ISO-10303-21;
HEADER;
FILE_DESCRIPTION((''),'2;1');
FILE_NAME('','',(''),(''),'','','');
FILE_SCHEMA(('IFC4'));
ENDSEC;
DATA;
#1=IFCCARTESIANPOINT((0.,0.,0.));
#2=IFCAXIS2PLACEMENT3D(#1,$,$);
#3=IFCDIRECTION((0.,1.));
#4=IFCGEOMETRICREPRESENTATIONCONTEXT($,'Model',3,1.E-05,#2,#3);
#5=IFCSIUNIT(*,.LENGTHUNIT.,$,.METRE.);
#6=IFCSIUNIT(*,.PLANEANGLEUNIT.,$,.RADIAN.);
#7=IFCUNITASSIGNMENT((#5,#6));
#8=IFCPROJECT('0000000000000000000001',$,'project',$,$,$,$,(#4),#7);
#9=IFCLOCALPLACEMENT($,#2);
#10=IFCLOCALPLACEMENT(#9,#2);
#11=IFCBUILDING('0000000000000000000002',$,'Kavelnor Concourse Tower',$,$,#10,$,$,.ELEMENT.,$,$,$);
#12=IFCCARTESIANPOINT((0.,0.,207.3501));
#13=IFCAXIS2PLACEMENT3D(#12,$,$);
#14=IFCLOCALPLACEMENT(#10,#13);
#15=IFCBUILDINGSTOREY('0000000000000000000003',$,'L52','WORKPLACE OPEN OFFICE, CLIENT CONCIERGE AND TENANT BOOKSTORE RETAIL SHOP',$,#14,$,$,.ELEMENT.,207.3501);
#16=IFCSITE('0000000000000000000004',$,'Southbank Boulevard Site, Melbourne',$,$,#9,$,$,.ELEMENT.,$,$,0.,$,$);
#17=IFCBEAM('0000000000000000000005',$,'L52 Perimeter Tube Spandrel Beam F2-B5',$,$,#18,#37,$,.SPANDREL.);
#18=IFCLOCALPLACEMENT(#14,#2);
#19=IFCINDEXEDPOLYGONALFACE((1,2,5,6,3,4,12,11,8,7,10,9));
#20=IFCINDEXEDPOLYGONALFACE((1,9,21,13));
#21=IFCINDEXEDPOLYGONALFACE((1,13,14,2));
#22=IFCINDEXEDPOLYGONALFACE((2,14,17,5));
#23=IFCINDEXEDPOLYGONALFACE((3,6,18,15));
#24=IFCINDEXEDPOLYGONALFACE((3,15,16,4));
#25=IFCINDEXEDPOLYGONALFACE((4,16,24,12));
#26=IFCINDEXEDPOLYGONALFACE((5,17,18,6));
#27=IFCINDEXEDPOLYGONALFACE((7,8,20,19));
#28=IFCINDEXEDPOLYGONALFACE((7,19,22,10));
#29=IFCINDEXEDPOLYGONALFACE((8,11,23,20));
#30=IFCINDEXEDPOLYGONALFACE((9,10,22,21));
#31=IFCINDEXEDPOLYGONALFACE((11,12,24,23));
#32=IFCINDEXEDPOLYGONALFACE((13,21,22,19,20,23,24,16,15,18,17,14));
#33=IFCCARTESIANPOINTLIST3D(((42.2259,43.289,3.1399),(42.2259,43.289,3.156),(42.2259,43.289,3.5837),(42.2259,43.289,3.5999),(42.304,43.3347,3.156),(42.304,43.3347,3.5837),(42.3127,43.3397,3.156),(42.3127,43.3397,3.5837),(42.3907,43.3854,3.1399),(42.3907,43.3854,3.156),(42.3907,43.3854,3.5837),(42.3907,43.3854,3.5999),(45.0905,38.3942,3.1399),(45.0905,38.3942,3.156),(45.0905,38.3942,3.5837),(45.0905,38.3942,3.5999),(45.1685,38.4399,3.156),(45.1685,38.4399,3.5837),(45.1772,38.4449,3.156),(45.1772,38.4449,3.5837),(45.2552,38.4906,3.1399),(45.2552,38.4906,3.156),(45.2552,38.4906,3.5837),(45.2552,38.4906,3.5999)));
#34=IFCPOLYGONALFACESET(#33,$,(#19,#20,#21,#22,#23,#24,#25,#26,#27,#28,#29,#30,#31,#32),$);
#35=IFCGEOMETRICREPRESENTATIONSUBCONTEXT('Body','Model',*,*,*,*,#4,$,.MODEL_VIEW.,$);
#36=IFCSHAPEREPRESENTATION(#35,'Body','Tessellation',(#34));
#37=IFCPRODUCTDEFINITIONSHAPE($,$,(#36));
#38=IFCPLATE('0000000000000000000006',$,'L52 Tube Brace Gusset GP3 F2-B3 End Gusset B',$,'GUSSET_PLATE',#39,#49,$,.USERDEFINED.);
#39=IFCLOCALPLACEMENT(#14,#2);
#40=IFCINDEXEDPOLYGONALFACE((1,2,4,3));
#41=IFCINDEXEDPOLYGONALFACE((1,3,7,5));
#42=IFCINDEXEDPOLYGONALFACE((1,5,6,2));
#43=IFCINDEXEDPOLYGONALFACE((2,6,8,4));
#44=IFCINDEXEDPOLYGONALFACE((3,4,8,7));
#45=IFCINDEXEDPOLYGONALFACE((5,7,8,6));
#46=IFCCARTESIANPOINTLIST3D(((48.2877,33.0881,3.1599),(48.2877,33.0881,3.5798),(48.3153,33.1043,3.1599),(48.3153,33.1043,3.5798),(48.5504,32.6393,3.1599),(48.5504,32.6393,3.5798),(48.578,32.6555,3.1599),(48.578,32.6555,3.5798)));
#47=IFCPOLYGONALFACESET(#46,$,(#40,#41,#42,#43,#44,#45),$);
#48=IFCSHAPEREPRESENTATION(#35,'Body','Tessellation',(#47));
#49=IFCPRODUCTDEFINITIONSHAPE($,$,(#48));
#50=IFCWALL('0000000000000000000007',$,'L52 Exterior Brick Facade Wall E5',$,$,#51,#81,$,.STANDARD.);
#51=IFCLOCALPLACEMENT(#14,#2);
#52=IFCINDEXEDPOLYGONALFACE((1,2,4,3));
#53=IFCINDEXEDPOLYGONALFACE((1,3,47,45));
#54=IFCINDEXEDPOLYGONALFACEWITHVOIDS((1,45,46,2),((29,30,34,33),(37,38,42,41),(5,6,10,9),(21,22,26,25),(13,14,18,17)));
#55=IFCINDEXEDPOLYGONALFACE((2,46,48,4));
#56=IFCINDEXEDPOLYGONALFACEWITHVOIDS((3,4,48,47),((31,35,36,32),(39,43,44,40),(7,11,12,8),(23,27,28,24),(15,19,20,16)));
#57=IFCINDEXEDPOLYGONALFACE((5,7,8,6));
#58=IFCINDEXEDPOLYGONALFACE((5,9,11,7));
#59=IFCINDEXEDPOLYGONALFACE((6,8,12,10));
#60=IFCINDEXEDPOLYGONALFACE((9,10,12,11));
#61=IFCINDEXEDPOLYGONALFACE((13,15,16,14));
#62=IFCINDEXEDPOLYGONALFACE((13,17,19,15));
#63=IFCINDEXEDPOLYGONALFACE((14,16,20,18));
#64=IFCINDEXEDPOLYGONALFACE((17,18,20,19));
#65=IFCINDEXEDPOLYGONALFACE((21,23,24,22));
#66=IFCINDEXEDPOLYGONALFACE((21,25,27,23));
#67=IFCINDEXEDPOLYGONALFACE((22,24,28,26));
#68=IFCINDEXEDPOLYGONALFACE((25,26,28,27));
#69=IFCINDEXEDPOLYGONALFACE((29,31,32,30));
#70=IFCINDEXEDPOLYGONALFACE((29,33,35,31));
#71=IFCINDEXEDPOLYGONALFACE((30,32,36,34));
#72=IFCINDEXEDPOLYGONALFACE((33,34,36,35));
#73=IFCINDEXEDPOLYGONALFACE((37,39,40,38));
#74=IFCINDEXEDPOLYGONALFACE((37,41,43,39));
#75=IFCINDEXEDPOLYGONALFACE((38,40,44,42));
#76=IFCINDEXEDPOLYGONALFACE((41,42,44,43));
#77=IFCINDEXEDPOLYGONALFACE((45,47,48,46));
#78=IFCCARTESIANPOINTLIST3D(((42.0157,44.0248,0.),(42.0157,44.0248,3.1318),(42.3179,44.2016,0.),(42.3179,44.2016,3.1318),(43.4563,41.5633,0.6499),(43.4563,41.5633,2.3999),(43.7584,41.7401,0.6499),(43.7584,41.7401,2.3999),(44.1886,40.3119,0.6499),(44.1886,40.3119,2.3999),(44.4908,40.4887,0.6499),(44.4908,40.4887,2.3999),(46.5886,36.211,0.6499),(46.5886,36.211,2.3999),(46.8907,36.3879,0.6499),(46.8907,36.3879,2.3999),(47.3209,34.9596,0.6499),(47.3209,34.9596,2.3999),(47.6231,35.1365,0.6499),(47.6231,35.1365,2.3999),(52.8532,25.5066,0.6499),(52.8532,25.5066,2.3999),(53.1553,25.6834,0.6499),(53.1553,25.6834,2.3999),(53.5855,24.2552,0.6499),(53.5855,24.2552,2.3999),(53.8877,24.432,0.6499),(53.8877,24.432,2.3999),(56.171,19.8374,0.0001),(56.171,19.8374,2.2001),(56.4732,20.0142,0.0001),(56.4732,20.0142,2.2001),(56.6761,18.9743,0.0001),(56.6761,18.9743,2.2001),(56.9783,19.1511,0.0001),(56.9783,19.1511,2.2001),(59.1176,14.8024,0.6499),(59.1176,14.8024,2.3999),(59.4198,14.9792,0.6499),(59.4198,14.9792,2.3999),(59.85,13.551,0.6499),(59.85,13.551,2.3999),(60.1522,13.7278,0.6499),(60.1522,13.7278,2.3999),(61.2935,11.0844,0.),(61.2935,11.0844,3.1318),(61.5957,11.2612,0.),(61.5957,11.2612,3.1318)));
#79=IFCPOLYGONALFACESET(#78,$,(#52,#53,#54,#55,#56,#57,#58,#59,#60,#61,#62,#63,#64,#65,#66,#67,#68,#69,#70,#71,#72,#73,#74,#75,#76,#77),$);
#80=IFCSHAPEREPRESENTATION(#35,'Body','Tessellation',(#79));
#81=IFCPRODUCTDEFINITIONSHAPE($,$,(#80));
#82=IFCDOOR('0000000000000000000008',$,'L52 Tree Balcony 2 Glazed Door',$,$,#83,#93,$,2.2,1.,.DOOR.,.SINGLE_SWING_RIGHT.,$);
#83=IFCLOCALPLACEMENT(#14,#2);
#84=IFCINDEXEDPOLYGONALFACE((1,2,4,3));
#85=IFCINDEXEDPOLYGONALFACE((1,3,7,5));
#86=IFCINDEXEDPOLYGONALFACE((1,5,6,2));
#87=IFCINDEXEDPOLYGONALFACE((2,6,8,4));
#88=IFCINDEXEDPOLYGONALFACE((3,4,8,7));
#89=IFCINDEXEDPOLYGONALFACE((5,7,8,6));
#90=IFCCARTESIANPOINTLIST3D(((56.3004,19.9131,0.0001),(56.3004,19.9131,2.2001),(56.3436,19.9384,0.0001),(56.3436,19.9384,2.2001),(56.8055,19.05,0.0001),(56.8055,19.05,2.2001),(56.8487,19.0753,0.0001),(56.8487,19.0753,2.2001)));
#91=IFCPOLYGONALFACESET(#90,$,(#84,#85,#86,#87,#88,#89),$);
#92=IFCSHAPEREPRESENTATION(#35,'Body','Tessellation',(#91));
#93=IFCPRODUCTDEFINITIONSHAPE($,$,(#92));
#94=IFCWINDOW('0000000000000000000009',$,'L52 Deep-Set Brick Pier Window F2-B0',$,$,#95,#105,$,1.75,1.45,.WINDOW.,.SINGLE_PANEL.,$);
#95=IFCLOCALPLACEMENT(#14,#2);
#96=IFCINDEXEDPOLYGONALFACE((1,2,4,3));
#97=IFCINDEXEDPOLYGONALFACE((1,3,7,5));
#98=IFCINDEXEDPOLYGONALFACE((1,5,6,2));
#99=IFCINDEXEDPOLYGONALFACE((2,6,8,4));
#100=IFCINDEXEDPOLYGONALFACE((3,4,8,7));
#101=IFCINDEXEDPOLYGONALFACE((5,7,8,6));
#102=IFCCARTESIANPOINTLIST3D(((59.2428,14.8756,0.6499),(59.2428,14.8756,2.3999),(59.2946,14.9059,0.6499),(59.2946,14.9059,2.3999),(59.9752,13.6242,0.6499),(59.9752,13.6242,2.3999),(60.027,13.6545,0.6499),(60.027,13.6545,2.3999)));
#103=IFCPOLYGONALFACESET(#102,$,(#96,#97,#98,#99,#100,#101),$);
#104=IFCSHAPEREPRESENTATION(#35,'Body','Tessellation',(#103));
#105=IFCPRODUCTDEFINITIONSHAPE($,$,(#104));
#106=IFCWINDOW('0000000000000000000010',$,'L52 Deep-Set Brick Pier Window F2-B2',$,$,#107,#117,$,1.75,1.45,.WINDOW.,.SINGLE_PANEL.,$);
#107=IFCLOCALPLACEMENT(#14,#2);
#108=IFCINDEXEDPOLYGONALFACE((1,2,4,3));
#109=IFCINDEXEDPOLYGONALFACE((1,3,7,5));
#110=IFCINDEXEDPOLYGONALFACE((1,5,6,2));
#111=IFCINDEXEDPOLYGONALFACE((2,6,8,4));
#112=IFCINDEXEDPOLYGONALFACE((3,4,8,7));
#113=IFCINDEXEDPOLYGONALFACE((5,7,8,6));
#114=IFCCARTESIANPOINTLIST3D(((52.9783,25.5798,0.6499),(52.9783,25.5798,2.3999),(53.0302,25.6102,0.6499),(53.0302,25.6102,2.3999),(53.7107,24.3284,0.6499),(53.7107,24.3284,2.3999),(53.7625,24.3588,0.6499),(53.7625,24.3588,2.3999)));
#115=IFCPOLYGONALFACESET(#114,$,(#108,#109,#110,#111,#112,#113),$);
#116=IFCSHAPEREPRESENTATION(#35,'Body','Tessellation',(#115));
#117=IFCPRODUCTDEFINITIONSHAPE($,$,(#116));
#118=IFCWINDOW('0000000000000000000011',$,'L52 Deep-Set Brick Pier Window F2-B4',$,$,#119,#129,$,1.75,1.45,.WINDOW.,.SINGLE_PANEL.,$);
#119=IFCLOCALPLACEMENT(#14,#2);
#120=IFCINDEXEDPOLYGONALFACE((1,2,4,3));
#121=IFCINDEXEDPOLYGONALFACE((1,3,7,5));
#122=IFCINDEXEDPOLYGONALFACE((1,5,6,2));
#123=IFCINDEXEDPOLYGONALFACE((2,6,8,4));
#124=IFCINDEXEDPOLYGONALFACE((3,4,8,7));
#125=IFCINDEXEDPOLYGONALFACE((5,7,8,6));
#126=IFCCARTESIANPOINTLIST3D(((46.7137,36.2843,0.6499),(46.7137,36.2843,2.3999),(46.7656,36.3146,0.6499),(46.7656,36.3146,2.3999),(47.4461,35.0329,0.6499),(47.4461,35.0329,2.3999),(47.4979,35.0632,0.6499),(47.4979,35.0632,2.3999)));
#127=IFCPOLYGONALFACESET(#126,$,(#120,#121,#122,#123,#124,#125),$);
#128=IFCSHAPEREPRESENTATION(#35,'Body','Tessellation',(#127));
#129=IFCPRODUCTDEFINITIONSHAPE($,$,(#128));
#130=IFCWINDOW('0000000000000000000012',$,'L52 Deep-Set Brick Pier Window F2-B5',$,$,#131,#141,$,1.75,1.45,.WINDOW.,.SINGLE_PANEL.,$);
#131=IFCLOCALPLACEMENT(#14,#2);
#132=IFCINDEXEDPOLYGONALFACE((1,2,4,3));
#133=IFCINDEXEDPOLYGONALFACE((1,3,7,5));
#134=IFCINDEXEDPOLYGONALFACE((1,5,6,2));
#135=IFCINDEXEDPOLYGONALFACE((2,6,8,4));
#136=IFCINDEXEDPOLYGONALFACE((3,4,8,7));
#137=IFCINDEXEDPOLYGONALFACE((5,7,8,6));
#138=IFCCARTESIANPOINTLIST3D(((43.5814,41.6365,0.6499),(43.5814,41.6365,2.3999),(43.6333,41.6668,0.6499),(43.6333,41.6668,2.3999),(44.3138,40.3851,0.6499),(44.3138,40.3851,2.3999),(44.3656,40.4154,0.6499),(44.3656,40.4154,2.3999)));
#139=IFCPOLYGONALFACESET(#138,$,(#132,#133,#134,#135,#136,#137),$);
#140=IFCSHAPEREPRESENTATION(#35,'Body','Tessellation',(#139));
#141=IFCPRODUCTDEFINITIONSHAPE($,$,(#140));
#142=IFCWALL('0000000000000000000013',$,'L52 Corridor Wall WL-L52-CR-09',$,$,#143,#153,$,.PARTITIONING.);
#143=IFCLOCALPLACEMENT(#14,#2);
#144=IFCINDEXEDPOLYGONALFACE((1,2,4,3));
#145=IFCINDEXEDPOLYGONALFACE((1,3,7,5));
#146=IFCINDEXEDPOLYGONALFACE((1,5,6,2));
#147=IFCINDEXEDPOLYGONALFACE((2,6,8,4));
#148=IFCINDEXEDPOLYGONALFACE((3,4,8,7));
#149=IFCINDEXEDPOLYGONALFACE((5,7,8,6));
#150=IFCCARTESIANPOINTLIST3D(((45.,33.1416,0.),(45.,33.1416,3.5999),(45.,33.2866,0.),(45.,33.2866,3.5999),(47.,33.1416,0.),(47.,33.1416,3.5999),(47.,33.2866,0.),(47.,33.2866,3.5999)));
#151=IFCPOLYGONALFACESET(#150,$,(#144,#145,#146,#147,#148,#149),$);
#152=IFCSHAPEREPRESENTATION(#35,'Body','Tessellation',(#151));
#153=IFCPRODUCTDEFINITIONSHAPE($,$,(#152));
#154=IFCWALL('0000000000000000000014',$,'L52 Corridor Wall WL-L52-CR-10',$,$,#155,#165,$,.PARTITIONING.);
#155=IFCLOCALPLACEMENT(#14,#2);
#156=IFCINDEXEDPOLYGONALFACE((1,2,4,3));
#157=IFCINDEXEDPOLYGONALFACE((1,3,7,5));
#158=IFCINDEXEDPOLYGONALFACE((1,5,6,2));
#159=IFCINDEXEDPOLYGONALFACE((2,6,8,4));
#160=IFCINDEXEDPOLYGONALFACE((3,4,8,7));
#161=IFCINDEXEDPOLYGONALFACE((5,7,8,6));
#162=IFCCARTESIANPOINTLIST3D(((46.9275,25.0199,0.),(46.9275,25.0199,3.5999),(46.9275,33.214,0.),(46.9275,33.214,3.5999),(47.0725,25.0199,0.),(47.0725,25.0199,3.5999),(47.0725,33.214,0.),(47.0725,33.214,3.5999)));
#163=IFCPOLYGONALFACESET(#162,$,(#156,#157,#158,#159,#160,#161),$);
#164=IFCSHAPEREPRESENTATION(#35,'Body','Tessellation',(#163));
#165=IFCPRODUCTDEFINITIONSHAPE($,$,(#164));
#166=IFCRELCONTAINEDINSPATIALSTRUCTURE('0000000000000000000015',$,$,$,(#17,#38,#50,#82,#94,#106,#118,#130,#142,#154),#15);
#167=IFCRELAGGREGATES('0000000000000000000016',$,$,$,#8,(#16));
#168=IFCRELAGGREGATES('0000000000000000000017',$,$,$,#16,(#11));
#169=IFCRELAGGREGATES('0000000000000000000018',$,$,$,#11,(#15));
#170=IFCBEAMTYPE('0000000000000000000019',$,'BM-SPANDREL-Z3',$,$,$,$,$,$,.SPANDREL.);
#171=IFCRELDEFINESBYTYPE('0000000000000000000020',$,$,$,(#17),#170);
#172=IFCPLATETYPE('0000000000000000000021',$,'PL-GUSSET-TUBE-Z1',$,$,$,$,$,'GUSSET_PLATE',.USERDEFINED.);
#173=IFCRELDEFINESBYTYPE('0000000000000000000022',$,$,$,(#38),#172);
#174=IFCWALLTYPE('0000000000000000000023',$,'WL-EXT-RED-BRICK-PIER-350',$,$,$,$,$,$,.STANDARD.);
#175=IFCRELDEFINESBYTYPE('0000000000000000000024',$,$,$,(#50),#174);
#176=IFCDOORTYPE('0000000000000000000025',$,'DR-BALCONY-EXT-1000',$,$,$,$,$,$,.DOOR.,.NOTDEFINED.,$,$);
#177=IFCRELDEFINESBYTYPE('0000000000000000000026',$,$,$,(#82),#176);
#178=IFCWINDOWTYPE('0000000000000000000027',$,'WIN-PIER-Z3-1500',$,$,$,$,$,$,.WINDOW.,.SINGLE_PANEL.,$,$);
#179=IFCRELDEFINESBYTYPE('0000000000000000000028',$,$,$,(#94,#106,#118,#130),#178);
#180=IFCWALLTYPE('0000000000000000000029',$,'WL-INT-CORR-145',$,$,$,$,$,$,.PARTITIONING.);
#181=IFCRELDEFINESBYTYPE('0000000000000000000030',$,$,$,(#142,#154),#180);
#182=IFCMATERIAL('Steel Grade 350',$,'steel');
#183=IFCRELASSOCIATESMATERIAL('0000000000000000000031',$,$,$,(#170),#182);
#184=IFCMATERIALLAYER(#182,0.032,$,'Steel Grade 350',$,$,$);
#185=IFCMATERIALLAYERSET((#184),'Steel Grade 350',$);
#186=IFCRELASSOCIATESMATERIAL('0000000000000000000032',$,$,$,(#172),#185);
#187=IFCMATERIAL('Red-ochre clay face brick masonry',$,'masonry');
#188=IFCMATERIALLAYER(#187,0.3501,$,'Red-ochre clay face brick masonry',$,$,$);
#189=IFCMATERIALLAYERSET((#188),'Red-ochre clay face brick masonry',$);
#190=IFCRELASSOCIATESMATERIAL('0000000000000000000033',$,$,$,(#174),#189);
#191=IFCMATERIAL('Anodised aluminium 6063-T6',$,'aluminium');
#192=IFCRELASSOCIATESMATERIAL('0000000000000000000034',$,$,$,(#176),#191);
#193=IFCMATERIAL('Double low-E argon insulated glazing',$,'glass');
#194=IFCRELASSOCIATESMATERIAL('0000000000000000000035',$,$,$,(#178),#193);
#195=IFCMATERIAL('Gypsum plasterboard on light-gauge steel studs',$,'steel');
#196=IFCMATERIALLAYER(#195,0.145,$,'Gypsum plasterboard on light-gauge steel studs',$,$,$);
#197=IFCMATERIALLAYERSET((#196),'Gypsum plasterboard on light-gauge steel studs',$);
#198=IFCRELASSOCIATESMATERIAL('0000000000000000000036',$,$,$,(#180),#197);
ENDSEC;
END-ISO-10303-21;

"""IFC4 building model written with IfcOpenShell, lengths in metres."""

from ifc_helpers import new_model, si_unit, direction, frame, frame_2d, origin, origin_2d, place, context, subcontext, project, spatial, rectangle, i_section, extrude, material, layer, layer_set, material_profile, profile_set, type_object, element, fill, save


model = new_model("IFC4")

# Units and contexts
model_context = context("Model", 3, precision=1e-05, world=origin(), true_north=direction((0.0, 1.0)))
body_context = subcontext(model_context, "Body", "Model", "MODEL_VIEW")
ifc_project = project(units=[si_unit("LENGTHUNIT", "METRE"), si_unit("PLANEANGLEUNIT", "RADIAN")], contexts=[model_context])

# Site, building, storey
site_placement = place(None, origin())
site = spatial("IfcSite", under=ifc_project, at=site_placement, Name="Southbank Boulevard Site, Melbourne", CompositionType="ELEMENT", RefElevation=0.0)
building_placement = place(site_placement, origin())
building = spatial("IfcBuilding", under=site, at=building_placement, Name="Kavelnor Concourse Tower", CompositionType="ELEMENT")
storey_placement = place(building_placement, frame((0.0, 0.0, 207.3501)))
storey = spatial("IfcBuildingStorey", under=building, at=storey_placement, Name="L52", Description="WORKPLACE OPEN OFFICE, CLIENT CONCIERGE AND TENANT BOOKSTORE RETAIL SHOP", CompositionType="ELEMENT", Elevation=207.3501)

# Shared definitions
ifc_material_1 = material(Name="Steel Grade 350", Category="steel")

# Beam
ifc_material_profile_1 = material_profile(ifc_material_1, i_section(OverallWidth=0.1909, OverallDepth=0.46, WebThickness=0.01, FlangeThickness=0.0161, at=origin_2d()), Name="460UB82")
ifc_profile_set_1 = profile_set([ifc_material_profile_1], Name="Steel Grade 350")
beam_type_1 = type_object("IfcBeamType", Name="BM-SPANDREL-Z3", PredefinedType="SPANDREL", material=ifc_profile_set_1)
beam_1_placement = place(storey_placement, frame((45.1729, 38.4424, 3.3699), z_axis=(-0.505083, 0.863071, 0.0), x_axis=(-0.863071, -0.505083, 0.0)))
element("IfcBeam", 1, at=beam_1_placement, inside=storey, type_object=beam_type_1, Name="L52 Perimeter Tube Spandrel Beam F2-B5", PredefinedType="SPANDREL", context=body_context, shape_type="SweptSolid", body=[
    extrude(i_section(OverallWidth=0.1909, OverallDepth=0.46, WebThickness=0.01, FlangeThickness=0.0161, at=origin_2d()), origin(), (0.0, 0.0, 1.0), 5.6714),
])

# Plate
ifc_layer_1 = layer(ifc_material_1, 0.032, Name="Steel Grade 350")
ifc_layer_set_1 = layer_set([ifc_layer_1], Name="Steel Grade 350")
plate_type = type_object("IfcPlateType", Name="PL-GUSSET-TUBE-Z1", ElementType="GUSSET_PLATE", PredefinedType="USERDEFINED", material=ifc_layer_set_1)
plate_placement = place(storey_placement, frame((48.4329, 32.8718, 3.1599), z_axis=(0.0, 0.0, 1.0), x_axis=(-0.50513, 0.863043, 0.0)))
element("IfcPlate", 2, at=plate_placement, inside=storey, type_object=plate_type, Name="L52 Tube Brace Gusset GP3 F2-B3 End Gusset B", ObjectType="GUSSET_PLATE", PredefinedType="USERDEFINED", context=body_context, shape_type="SweptSolid", body=[
    extrude(rectangle(XDim=0.52, YDim=0.032, at=origin_2d()), origin(), (0.0, 0.0, 1.0), 0.4199),
])

# Wall, openings, door, windows
ifc_material_2 = material(Name="Red-ochre clay face brick masonry", Category="masonry")
ifc_layer_2 = layer(ifc_material_2, 0.3501, Name="Red-ochre clay face brick masonry")
ifc_layer_set_2 = layer_set([ifc_layer_2], Name="Red-ochre clay face brick masonry")
wall_type_1 = type_object("IfcWallType", Name="WL-EXT-RED-BRICK-PIER-350", PredefinedType="STANDARD", material=ifc_layer_set_2)
wall_1_placement = place(storey_placement, frame((42.1667, 44.1133, 0.0), z_axis=(0.0, 0.0, 1.0), x_axis=(0.505094, -0.863064, 0.0)))
wall_1 = element("IfcWall", 3, at=wall_1_placement, inside=storey, type_object=wall_type_1, Name="L52 Exterior Brick Facade Wall E5", PredefinedType="STANDARD", context=body_context, shape_type="SweptSolid", body=[
    extrude(rectangle(XDim=38.1667, YDim=0.3501, at=frame_2d((19.0835, 0.0))), origin(), (0.0, 0.0, 1.0), 3.1318),
])
opening_1_placement = place(wall_1_placement, frame((28.0251, 0.0, 0.0)))
opening_1 = element("IfcOpeningElement", 4, at=opening_1_placement, cuts=wall_1, PredefinedType="OPENING", context=body_context, shape_type="SweptSolid", body=[
    extrude(rectangle(XDim=1.0, YDim=2.2, at=frame_2d((0.5, 1.1001))), frame((0.0, 0.1851, 0.0), z_axis=(0.0, -1.0, 0.0), x_axis=(1.0, 0.0, 0.0)), (0.0, 0.0, 1.0), 0.3701),
])
opening_2_placement = place(wall_1_placement, frame((33.8589, 0.0, 0.6499)))
opening_2 = element("IfcOpeningElement", 5, at=opening_2_placement, cuts=wall_1, PredefinedType="OPENING", context=body_context, shape_type="SweptSolid", body=[
    extrude(rectangle(XDim=1.45, YDim=1.75, at=frame_2d((0.7251, 0.875))), frame((0.0, 0.1851, 0.0), z_axis=(0.0, -1.0, 0.0), x_axis=(1.0, 0.0, 0.0)), (0.0, 0.0, 1.0), 0.3701),
])
opening_3_placement = place(wall_1_placement, frame((21.4563, 0.0, 0.6499)))
opening_3 = element("IfcOpeningElement", 6, at=opening_3_placement, cuts=wall_1, PredefinedType="OPENING", context=body_context, shape_type="SweptSolid", body=[
    extrude(rectangle(XDim=1.45, YDim=1.75, at=frame_2d((0.7251, 0.875))), frame((0.0, 0.1851, 0.0), z_axis=(0.0, -1.0, 0.0), x_axis=(1.0, 0.0, 0.0)), (0.0, 0.0, 1.0), 0.3701),
])
opening_4_placement = place(wall_1_placement, frame((9.0535, 0.0, 0.6499)))
opening_4 = element("IfcOpeningElement", 7, at=opening_4_placement, cuts=wall_1, PredefinedType="OPENING", context=body_context, shape_type="SweptSolid", body=[
    extrude(rectangle(XDim=1.45, YDim=1.75, at=frame_2d((0.7251, 0.875))), frame((0.0, 0.1851, 0.0), z_axis=(0.0, -1.0, 0.0), x_axis=(1.0, 0.0, 0.0)), (0.0, 0.0, 1.0), 0.3701),
])
opening_5_placement = place(wall_1_placement, frame((2.8521, 0.0, 0.6499)))
opening_5 = element("IfcOpeningElement", 8, at=opening_5_placement, cuts=wall_1, PredefinedType="OPENING", context=body_context, shape_type="SweptSolid", body=[
    extrude(rectangle(XDim=1.45, YDim=1.75, at=frame_2d((0.7251, 0.875))), frame((0.0, 0.1851, 0.0), z_axis=(0.0, -1.0, 0.0), x_axis=(1.0, 0.0, 0.0)), (0.0, 0.0, 1.0), 0.3701),
])
ifc_material_3 = material(Name="Anodised aluminium 6063-T6", Category="aluminium")
door_type_1 = type_object("IfcDoorType", Name="DR-BALCONY-EXT-1000", OperationType="NOTDEFINED", PredefinedType="DOOR", material=ifc_material_3)
door_1_placement = place(opening_1_placement, origin())
door_1 = element("IfcDoor", 9, at=door_1_placement, inside=storey, type_object=door_type_1, Name="L52 Tree Balcony 2 Glazed Door", OperationType="SINGLE_SWING_RIGHT", OverallHeight=2.2, OverallWidth=1.0, PredefinedType="DOOR", context=body_context, shape_type="SweptSolid", body=[
    extrude(rectangle(XDim=1.0, YDim=2.2, at=frame_2d((0.5, 1.1001))), frame((0.0, 0.0249, 0.0), z_axis=(0.0, -1.0, 0.0), x_axis=(1.0, 0.0, 0.0)), (0.0, 0.0, 1.0), 0.05),
])
fill(opening_1, door_1)
ifc_material_4 = material(Name="Double low-E argon insulated glazing", Category="glass")
window_type = type_object("IfcWindowType", Name="WIN-PIER-Z3-1500", PartitioningType="SINGLE_PANEL", PredefinedType="WINDOW", material=ifc_material_4)
window_1_placement = place(opening_2_placement, origin())
window_1 = element("IfcWindow", 10, at=window_1_placement, inside=storey, type_object=window_type, Name="L52 Deep-Set Brick Pier Window F2-B0", OverallHeight=1.75, OverallWidth=1.45, PartitioningType="SINGLE_PANEL", PredefinedType="WINDOW", context=body_context, shape_type="SweptSolid", body=[
    extrude(rectangle(XDim=1.45, YDim=1.75, at=frame_2d((0.7251, 0.875))), frame((0.0, 0.03, 0.0), z_axis=(0.0, -1.0, 0.0), x_axis=(1.0, 0.0, 0.0)), (0.0, 0.0, 1.0), 0.0601),
])
fill(opening_2, window_1)
window_2_placement = place(opening_3_placement, origin())
window_2 = element("IfcWindow", 11, at=window_2_placement, inside=storey, type_object=window_type, Name="L52 Deep-Set Brick Pier Window F2-B2", OverallHeight=1.75, OverallWidth=1.45, PartitioningType="SINGLE_PANEL", PredefinedType="WINDOW", context=body_context, shape_type="SweptSolid", body=[
    extrude(rectangle(XDim=1.45, YDim=1.75, at=frame_2d((0.7251, 0.875))), frame((0.0, 0.03, 0.0), z_axis=(0.0, -1.0, 0.0), x_axis=(1.0, 0.0, 0.0)), (0.0, 0.0, 1.0), 0.0601),
])
fill(opening_3, window_2)
window_3_placement = place(opening_4_placement, origin())
window_3 = element("IfcWindow", 12, at=window_3_placement, inside=storey, type_object=window_type, Name="L52 Deep-Set Brick Pier Window F2-B4", OverallHeight=1.75, OverallWidth=1.45, PartitioningType="SINGLE_PANEL", PredefinedType="WINDOW", context=body_context, shape_type="SweptSolid", body=[
    extrude(rectangle(XDim=1.45, YDim=1.75, at=frame_2d((0.7251, 0.875))), frame((0.0, 0.03, 0.0), z_axis=(0.0, -1.0, 0.0), x_axis=(1.0, 0.0, 0.0)), (0.0, 0.0, 1.0), 0.0601),
])
fill(opening_4, window_3)
window_4_placement = place(opening_5_placement, origin())
window_4 = element("IfcWindow", 13, at=window_4_placement, inside=storey, type_object=window_type, Name="L52 Deep-Set Brick Pier Window F2-B5", OverallHeight=1.75, OverallWidth=1.45, PartitioningType="SINGLE_PANEL", PredefinedType="WINDOW", context=body_context, shape_type="SweptSolid", body=[
    extrude(rectangle(XDim=1.45, YDim=1.75, at=frame_2d((0.7251, 0.875))), frame((0.0, 0.03, 0.0), z_axis=(0.0, -1.0, 0.0), x_axis=(1.0, 0.0, 0.0)), (0.0, 0.0, 1.0), 0.0601),
])
fill(opening_5, window_4)

# Walls
ifc_material_5 = material(Name="Gypsum plasterboard on light-gauge steel studs", Category="steel")
ifc_layer_3 = layer(ifc_material_5, 0.145, Name="Gypsum plasterboard on light-gauge steel studs")
ifc_layer_set_3 = layer_set([ifc_layer_3], Name="Gypsum plasterboard on light-gauge steel studs")
wall_type_2 = type_object("IfcWallType", Name="WL-INT-CORR-145", PredefinedType="PARTITIONING", material=ifc_layer_set_3)
wall_2_placement = place(storey_placement, frame((45.0, 33.2141, 0.0), z_axis=(0.0, 0.0, 1.0), x_axis=(1.0, 0.0, 0.0)))
element("IfcWall", 14, at=wall_2_placement, inside=storey, type_object=wall_type_2, Name="L52 Corridor Wall WL-L52-CR-09", PredefinedType="PARTITIONING", context=body_context, shape_type="SweptSolid", body=[
    extrude(rectangle(XDim=2.0, YDim=0.145, at=frame_2d((1.0, 0.0))), origin(), (0.0, 0.0, 1.0), 3.5999),
])
wall_3_placement = place(storey_placement, frame((47.0, 33.2141, 0.0), z_axis=(0.0, 0.0, 1.0), x_axis=(0.0, -1.0, 0.0)))
element("IfcWall", 15, at=wall_3_placement, inside=storey, type_object=wall_type_2, Name="L52 Corridor Wall WL-L52-CR-10", PredefinedType="PARTITIONING", context=body_context, shape_type="SweptSolid", body=[
    extrude(rectangle(XDim=8.1941, YDim=0.145, at=frame_2d((4.0972, 0.0))), origin(), (0.0, 0.0, 1.0), 3.5999),
])

save(model, "model.ifc")
